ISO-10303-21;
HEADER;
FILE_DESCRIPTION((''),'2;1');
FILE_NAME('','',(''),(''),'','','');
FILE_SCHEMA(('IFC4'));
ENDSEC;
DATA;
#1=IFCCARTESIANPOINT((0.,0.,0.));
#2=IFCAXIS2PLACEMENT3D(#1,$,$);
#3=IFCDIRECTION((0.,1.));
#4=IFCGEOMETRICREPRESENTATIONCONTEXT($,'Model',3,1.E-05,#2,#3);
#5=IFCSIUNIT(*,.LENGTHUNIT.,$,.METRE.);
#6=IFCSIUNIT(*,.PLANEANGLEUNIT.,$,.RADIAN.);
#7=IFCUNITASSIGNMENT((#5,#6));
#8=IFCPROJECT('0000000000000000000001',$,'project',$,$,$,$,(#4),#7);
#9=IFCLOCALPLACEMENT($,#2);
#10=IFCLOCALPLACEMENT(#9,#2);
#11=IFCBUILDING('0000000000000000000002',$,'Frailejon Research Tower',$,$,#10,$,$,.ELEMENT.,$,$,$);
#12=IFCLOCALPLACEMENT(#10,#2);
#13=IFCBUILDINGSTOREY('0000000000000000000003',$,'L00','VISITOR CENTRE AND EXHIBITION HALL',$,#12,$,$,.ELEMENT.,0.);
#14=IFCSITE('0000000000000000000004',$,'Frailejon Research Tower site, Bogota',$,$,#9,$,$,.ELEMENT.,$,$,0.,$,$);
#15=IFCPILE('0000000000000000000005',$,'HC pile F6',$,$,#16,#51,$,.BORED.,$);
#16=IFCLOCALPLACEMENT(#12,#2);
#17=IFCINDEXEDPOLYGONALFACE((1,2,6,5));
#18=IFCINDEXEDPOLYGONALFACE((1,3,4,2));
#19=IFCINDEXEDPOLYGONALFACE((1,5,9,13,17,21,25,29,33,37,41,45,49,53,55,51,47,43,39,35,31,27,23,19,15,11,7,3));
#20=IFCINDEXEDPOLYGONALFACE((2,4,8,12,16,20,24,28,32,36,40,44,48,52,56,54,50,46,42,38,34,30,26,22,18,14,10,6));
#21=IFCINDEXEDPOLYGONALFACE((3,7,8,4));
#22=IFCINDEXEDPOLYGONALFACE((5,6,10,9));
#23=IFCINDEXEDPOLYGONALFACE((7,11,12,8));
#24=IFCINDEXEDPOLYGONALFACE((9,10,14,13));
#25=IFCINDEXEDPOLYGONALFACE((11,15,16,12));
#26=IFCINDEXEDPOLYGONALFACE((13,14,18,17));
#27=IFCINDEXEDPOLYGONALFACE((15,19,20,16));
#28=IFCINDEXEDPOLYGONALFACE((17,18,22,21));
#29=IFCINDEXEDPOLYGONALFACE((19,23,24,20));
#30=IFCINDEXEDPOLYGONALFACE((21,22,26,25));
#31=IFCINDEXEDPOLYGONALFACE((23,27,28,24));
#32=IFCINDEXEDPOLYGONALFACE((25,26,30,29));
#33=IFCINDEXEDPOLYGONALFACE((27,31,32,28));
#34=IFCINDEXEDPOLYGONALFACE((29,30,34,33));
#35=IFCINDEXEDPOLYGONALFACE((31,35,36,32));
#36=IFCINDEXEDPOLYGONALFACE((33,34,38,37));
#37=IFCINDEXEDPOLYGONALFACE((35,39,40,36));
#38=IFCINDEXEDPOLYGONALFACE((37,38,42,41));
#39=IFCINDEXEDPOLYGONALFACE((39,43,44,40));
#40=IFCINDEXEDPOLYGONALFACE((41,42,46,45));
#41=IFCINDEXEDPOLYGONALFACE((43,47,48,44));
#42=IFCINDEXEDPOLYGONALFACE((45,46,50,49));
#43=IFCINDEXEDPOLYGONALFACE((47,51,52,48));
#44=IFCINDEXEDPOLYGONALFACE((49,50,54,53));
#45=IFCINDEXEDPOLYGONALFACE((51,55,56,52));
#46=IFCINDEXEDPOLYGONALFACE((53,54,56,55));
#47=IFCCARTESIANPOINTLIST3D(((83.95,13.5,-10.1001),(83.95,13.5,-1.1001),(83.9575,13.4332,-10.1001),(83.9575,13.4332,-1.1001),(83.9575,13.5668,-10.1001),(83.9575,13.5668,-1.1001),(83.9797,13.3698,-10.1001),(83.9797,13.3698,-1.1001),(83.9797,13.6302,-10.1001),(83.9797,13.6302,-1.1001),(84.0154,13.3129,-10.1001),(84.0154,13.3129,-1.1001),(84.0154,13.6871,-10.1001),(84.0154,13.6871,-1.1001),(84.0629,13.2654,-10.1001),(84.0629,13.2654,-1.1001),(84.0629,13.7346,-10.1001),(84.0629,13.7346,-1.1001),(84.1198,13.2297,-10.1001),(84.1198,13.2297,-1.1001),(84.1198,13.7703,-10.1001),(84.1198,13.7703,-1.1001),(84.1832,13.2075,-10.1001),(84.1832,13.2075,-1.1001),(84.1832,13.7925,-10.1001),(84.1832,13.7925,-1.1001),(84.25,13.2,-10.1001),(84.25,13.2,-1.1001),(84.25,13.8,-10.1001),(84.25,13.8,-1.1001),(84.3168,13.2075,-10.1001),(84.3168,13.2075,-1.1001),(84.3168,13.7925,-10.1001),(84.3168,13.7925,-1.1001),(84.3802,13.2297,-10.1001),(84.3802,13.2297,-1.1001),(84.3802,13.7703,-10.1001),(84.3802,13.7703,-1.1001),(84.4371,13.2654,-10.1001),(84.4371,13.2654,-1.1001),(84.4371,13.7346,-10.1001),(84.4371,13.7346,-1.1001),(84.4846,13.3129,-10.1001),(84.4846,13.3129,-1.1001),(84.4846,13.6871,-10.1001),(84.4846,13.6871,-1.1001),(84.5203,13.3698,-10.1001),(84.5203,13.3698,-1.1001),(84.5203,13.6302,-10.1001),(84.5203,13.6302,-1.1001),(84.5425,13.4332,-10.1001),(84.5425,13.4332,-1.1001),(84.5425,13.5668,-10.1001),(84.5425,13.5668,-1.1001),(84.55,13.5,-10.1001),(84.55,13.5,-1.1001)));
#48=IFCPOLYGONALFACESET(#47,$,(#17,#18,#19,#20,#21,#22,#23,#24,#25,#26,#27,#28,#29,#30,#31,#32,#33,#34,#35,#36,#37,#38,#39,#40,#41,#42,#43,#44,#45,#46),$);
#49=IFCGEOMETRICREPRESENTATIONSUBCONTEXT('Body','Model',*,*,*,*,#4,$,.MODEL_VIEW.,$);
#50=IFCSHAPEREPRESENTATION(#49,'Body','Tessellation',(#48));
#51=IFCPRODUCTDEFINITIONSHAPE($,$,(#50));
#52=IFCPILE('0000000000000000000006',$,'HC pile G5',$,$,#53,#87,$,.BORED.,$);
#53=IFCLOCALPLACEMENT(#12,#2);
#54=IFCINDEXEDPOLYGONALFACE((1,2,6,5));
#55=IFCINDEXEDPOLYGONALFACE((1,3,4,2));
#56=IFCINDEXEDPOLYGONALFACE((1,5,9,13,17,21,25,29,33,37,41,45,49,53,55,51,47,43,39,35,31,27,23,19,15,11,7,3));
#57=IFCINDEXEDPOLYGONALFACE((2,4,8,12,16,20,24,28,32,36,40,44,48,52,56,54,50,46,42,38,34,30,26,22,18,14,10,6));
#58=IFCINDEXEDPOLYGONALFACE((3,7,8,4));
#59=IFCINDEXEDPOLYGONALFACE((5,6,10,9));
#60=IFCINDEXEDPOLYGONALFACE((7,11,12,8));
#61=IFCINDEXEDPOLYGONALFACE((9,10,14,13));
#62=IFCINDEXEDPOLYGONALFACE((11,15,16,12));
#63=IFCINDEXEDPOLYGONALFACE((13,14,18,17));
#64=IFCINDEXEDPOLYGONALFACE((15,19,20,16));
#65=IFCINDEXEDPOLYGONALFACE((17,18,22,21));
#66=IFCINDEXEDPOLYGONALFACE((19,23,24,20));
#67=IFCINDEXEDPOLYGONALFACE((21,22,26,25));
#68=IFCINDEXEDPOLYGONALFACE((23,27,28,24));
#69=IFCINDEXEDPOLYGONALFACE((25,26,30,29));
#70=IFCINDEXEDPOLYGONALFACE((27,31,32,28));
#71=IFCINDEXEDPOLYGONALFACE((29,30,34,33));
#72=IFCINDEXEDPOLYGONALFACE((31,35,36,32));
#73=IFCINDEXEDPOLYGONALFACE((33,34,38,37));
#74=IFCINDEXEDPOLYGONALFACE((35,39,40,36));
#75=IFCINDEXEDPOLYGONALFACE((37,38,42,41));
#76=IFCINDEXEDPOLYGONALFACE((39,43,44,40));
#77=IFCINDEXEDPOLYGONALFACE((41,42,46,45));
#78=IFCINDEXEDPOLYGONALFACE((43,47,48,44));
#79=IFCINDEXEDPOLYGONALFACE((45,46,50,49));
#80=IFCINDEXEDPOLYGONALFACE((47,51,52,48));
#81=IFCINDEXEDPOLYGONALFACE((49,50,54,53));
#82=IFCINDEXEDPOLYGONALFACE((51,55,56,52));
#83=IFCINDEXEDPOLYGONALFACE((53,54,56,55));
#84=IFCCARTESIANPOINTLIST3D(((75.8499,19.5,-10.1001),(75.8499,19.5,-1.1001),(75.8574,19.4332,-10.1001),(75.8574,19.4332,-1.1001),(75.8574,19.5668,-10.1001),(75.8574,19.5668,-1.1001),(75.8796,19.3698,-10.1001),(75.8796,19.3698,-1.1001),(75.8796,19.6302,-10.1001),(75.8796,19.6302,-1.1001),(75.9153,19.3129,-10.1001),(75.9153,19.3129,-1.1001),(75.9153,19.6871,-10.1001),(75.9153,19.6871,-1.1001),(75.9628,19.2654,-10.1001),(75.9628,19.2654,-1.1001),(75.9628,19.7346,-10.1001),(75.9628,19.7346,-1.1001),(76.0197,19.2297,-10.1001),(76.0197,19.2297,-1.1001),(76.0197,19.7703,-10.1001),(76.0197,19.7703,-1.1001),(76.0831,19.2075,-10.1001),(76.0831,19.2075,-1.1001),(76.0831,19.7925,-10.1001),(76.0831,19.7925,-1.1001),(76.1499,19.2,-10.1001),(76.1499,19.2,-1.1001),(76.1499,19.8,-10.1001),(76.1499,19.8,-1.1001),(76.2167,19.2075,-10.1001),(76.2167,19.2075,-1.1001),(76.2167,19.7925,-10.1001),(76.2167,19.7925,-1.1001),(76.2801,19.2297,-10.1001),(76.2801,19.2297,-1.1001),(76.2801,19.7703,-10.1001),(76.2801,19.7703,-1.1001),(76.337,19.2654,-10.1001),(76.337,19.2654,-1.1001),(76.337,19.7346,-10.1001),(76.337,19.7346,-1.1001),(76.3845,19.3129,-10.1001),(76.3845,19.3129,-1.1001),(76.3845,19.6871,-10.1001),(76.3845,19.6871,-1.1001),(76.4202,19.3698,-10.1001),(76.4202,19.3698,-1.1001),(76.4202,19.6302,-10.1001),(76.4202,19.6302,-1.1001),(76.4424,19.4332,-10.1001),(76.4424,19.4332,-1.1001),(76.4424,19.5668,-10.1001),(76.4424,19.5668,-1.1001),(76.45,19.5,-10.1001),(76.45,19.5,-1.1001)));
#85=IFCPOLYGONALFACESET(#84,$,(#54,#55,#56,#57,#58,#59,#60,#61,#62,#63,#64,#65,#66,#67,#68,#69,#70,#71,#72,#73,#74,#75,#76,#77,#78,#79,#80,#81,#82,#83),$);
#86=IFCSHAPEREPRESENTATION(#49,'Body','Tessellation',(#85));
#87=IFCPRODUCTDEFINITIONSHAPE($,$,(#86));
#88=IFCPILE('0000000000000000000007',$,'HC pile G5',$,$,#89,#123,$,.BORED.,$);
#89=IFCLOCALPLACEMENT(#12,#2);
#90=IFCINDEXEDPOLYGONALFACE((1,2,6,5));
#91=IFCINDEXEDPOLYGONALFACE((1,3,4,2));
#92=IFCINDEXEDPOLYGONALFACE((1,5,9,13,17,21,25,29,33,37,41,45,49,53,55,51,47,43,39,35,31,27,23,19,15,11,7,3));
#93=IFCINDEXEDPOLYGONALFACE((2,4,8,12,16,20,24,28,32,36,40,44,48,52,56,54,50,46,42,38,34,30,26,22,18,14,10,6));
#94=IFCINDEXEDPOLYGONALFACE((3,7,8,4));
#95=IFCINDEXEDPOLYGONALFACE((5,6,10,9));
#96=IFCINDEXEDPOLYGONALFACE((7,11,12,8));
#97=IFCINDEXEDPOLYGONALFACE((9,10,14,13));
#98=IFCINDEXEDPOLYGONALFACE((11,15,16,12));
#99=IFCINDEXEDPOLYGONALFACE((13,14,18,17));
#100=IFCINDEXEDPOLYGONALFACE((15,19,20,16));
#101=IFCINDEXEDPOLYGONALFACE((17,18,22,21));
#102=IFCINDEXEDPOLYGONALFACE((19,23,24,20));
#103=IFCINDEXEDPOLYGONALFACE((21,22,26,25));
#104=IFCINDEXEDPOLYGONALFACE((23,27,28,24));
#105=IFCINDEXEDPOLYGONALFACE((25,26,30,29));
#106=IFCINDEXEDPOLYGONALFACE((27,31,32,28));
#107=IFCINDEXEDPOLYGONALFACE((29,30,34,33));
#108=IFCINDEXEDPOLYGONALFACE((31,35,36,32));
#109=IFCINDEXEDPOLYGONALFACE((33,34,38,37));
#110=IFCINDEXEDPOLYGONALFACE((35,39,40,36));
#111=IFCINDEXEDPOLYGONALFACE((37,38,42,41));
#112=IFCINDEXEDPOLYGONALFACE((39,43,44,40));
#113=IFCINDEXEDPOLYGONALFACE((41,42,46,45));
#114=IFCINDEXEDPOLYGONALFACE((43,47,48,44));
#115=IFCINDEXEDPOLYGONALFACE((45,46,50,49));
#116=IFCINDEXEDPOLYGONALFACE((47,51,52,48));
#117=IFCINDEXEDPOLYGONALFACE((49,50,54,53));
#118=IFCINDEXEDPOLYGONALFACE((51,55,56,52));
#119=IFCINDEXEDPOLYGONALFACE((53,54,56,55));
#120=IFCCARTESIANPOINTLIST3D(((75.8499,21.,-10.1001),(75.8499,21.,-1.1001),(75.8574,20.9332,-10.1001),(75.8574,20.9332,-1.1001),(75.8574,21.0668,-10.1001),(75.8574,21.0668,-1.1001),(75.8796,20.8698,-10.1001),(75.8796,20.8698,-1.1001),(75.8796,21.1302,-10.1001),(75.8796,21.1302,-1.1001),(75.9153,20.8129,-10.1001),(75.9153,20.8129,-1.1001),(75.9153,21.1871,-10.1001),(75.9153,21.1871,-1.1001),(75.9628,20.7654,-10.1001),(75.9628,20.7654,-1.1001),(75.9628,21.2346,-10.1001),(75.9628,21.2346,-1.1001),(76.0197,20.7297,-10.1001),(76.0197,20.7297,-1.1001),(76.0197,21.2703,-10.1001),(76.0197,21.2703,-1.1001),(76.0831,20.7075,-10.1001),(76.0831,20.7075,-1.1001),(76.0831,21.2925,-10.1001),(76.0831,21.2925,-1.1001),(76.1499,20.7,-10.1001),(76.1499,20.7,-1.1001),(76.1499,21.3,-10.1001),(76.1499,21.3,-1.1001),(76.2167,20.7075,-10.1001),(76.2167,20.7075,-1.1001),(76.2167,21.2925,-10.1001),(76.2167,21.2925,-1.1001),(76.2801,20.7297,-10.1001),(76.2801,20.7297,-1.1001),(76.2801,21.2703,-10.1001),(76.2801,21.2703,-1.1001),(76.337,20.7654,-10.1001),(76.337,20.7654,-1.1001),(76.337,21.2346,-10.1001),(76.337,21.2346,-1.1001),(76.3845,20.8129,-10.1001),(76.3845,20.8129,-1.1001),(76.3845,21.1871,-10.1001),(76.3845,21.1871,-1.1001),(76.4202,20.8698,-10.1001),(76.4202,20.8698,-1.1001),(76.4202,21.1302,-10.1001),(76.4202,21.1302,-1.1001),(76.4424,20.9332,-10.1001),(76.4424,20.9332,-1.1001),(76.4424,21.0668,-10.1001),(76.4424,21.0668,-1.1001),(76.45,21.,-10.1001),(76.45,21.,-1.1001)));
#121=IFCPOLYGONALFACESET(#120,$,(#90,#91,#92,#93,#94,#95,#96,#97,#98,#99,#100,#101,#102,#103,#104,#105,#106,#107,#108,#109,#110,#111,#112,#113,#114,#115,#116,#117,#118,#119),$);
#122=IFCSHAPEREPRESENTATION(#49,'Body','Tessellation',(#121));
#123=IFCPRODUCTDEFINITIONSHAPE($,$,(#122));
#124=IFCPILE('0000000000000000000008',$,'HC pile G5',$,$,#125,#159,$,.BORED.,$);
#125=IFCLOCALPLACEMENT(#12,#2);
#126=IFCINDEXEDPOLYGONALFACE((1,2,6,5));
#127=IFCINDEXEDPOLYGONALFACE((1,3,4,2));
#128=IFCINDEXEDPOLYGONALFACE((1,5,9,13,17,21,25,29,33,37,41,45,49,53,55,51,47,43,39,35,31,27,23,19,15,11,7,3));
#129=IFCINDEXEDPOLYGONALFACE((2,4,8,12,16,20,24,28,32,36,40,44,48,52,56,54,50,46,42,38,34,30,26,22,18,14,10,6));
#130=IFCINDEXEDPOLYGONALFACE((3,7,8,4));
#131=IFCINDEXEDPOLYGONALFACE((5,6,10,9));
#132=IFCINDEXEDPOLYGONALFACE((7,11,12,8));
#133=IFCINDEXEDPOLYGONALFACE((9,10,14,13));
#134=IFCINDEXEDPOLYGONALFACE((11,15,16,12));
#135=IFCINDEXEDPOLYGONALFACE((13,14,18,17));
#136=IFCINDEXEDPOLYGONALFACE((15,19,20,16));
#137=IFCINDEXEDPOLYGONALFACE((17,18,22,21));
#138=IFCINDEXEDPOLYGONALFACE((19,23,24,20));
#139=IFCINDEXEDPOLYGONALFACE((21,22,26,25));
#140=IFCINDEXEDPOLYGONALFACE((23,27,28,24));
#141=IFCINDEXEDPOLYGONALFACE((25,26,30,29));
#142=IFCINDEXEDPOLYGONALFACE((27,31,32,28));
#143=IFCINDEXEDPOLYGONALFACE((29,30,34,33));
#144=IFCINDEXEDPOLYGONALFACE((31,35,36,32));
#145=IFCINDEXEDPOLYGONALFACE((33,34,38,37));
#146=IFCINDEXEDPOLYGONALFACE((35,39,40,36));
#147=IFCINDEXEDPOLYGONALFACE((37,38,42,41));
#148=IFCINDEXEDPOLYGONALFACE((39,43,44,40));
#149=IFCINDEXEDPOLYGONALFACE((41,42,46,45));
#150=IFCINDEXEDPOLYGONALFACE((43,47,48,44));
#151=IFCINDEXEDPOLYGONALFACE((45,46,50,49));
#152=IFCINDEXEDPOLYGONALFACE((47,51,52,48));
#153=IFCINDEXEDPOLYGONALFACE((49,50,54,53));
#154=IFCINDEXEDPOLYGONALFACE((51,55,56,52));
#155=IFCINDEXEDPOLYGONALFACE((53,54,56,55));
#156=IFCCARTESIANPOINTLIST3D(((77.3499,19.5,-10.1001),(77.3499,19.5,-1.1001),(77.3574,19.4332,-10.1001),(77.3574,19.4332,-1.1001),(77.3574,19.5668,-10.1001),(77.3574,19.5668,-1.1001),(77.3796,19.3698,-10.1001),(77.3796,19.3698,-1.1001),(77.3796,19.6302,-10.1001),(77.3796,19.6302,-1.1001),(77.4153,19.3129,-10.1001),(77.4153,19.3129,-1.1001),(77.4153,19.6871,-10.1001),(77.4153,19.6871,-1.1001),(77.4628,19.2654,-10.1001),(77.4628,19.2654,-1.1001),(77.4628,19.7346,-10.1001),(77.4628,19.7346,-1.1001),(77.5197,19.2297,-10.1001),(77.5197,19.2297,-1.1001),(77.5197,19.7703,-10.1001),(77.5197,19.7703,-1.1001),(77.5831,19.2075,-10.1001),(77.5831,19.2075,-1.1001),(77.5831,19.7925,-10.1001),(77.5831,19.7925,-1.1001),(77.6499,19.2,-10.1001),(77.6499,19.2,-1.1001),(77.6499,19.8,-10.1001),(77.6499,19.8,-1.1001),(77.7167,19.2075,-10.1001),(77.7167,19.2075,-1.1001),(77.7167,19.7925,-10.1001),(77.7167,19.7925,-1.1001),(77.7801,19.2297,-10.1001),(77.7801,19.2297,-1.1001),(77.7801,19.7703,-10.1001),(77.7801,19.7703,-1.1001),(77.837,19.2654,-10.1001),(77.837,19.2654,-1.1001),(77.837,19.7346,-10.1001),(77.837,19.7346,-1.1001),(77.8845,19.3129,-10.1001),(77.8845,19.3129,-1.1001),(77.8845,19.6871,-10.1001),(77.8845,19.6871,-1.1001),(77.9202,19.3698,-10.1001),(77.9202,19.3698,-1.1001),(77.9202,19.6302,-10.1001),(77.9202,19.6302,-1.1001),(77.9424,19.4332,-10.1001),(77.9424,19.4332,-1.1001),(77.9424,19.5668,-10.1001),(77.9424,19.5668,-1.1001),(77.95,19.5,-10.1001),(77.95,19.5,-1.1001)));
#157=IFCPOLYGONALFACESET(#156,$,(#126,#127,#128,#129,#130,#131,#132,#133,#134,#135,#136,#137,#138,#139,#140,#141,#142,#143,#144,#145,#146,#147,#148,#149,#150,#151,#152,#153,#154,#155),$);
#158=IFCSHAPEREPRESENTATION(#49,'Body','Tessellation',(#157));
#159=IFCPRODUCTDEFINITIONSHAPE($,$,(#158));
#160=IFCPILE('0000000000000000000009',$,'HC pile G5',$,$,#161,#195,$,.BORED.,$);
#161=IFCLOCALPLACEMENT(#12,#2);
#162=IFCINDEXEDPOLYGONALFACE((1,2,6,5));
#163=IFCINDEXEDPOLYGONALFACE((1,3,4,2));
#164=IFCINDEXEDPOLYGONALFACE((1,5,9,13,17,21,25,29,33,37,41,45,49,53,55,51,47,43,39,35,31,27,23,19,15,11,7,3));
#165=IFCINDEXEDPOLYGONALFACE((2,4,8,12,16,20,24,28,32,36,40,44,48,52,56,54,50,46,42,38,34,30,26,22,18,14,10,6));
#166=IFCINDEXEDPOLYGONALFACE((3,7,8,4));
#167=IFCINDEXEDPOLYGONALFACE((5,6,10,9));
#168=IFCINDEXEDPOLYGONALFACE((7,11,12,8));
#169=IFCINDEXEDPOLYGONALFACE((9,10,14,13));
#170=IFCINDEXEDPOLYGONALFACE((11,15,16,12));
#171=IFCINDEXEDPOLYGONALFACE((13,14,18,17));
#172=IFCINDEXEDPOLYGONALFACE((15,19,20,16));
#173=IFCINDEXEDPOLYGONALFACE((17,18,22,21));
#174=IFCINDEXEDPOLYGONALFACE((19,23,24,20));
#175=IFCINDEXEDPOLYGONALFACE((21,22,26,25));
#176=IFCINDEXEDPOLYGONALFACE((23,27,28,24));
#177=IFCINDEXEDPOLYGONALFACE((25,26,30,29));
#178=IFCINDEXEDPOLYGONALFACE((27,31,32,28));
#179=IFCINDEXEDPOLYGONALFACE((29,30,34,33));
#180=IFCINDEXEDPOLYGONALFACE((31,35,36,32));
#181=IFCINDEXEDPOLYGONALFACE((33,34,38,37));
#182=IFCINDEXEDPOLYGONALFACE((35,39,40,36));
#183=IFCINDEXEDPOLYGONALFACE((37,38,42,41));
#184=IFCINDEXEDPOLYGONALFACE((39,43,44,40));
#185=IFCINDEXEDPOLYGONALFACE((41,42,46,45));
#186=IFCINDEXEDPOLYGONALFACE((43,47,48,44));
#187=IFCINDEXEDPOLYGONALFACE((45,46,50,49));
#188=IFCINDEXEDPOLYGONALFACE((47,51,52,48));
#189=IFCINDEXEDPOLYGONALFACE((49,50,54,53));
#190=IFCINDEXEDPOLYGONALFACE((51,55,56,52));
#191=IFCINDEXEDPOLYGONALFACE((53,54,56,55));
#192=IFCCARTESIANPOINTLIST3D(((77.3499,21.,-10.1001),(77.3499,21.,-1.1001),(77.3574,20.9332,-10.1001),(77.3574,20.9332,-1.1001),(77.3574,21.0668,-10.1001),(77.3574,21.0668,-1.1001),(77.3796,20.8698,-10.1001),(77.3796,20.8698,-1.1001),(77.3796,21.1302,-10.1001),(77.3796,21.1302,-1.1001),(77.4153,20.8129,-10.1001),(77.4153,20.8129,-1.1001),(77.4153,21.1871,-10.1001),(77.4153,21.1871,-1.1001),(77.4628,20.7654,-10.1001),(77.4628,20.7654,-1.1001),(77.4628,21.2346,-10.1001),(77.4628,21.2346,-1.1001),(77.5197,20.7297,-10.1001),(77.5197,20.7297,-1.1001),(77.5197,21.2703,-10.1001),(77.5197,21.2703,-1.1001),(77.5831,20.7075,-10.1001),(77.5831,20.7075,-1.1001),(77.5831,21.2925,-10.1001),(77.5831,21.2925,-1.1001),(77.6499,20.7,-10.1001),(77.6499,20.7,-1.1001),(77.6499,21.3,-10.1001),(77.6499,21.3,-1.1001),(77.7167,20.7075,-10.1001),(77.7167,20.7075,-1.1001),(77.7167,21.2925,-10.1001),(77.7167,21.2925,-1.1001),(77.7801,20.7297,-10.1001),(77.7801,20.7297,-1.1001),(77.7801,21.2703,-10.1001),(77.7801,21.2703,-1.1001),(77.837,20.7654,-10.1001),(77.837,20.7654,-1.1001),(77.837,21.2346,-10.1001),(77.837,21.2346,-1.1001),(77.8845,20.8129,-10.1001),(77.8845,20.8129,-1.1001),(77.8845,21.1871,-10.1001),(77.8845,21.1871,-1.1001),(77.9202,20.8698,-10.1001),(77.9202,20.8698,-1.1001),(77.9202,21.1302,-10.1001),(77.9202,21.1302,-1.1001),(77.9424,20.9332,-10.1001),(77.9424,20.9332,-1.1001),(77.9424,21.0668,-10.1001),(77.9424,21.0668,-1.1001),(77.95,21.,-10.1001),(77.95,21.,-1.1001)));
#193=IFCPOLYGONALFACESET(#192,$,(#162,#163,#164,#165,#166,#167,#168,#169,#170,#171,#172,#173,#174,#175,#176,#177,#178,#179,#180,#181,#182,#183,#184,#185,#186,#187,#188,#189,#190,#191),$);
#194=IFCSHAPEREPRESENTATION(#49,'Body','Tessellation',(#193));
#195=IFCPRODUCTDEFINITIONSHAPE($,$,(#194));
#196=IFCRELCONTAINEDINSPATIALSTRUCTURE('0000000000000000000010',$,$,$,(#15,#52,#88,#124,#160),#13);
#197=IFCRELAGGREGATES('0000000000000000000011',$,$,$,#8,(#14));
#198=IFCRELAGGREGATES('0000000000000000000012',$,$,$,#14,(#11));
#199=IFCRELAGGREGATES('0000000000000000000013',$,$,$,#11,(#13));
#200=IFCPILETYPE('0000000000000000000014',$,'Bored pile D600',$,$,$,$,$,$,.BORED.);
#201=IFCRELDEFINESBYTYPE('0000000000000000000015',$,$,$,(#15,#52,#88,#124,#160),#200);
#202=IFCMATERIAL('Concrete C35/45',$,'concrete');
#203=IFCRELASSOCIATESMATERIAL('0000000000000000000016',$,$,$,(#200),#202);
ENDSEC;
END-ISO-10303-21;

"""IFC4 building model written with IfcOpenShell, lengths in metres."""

from ifc_helpers import new_model, si_unit, direction, frame, origin, origin_2d, place, context, subcontext, project, spatial, circle, extrude, material, material_profile, profile_set, type_object, element, save


model = new_model("IFC4")

# Units and contexts
model_context = context("Model", 3, precision=1e-05, world=origin(), true_north=direction((0.0, 1.0)))
body_context = subcontext(model_context, "Body", "Model", "MODEL_VIEW")
ifc_project = project(units=[si_unit("LENGTHUNIT", "METRE"), si_unit("PLANEANGLEUNIT", "RADIAN")], contexts=[model_context])

# Site, building, storey
site_placement = place(None, origin())
site = spatial("IfcSite", under=ifc_project, at=site_placement, Name="Frailejon Research Tower site, Bogota", CompositionType="ELEMENT", RefElevation=0.0)
building_placement = place(site_placement, origin())
building = spatial("IfcBuilding", under=site, at=building_placement, Name="Frailejon Research Tower", CompositionType="ELEMENT")
storey_placement = place(building_placement, origin())
storey = spatial("IfcBuildingStorey", under=building, at=storey_placement, Name="L00", Description="VISITOR CENTRE AND EXHIBITION HALL", CompositionType="ELEMENT", Elevation=0.0)

# Piles
ifc_material_1 = material(Name="Concrete C35/45", Category="concrete")
ifc_material_profile_1 = material_profile(ifc_material_1, circle(Radius=0.3, at=origin_2d()), Name="Bored pile D600")
ifc_profile_set_1 = profile_set([ifc_material_profile_1], Name="Concrete C35/45")
pile_type = type_object("IfcPileType", Name="Bored pile D600", PredefinedType="BORED", material=ifc_profile_set_1)
for number, where, z_axis, x_axis, name in (
    (1, (84.25, 13.5, -1.1001), (0.0, 0.0, -1.0), (1.0, 0.0, 0.0), "HC pile F6"),
    (2, (76.1499, 19.5, -1.1001), (0.0, 0.0, -1.0), (1.0, 0.0, 0.0), "HC pile G5"),
    (3, (76.1499, 21.0, -1.1001), (0.0, 0.0, -1.0), (1.0, 0.0, 0.0), "HC pile G5"),
    (4, (77.6499, 19.5, -1.1001), (0.0, 0.0, -1.0), (1.0, 0.0, 0.0), "HC pile G5"),
    (5, (77.6499, 21.0, -1.1001), (0.0, 0.0, -1.0), (1.0, 0.0, 0.0), "HC pile G5"),
):
    element("IfcPile", number, at=place(storey_placement, frame(where, z_axis=z_axis, x_axis=x_axis)), inside=storey, type_object=pile_type, Name=name, PredefinedType="BORED", context=body_context, shape_type="SweptSolid", body=[
        extrude(circle(Radius=0.3, at=origin_2d()), origin(), (0.0, 0.0, 1.0), 9.0),
    ])

save(model, "model.ifc")
